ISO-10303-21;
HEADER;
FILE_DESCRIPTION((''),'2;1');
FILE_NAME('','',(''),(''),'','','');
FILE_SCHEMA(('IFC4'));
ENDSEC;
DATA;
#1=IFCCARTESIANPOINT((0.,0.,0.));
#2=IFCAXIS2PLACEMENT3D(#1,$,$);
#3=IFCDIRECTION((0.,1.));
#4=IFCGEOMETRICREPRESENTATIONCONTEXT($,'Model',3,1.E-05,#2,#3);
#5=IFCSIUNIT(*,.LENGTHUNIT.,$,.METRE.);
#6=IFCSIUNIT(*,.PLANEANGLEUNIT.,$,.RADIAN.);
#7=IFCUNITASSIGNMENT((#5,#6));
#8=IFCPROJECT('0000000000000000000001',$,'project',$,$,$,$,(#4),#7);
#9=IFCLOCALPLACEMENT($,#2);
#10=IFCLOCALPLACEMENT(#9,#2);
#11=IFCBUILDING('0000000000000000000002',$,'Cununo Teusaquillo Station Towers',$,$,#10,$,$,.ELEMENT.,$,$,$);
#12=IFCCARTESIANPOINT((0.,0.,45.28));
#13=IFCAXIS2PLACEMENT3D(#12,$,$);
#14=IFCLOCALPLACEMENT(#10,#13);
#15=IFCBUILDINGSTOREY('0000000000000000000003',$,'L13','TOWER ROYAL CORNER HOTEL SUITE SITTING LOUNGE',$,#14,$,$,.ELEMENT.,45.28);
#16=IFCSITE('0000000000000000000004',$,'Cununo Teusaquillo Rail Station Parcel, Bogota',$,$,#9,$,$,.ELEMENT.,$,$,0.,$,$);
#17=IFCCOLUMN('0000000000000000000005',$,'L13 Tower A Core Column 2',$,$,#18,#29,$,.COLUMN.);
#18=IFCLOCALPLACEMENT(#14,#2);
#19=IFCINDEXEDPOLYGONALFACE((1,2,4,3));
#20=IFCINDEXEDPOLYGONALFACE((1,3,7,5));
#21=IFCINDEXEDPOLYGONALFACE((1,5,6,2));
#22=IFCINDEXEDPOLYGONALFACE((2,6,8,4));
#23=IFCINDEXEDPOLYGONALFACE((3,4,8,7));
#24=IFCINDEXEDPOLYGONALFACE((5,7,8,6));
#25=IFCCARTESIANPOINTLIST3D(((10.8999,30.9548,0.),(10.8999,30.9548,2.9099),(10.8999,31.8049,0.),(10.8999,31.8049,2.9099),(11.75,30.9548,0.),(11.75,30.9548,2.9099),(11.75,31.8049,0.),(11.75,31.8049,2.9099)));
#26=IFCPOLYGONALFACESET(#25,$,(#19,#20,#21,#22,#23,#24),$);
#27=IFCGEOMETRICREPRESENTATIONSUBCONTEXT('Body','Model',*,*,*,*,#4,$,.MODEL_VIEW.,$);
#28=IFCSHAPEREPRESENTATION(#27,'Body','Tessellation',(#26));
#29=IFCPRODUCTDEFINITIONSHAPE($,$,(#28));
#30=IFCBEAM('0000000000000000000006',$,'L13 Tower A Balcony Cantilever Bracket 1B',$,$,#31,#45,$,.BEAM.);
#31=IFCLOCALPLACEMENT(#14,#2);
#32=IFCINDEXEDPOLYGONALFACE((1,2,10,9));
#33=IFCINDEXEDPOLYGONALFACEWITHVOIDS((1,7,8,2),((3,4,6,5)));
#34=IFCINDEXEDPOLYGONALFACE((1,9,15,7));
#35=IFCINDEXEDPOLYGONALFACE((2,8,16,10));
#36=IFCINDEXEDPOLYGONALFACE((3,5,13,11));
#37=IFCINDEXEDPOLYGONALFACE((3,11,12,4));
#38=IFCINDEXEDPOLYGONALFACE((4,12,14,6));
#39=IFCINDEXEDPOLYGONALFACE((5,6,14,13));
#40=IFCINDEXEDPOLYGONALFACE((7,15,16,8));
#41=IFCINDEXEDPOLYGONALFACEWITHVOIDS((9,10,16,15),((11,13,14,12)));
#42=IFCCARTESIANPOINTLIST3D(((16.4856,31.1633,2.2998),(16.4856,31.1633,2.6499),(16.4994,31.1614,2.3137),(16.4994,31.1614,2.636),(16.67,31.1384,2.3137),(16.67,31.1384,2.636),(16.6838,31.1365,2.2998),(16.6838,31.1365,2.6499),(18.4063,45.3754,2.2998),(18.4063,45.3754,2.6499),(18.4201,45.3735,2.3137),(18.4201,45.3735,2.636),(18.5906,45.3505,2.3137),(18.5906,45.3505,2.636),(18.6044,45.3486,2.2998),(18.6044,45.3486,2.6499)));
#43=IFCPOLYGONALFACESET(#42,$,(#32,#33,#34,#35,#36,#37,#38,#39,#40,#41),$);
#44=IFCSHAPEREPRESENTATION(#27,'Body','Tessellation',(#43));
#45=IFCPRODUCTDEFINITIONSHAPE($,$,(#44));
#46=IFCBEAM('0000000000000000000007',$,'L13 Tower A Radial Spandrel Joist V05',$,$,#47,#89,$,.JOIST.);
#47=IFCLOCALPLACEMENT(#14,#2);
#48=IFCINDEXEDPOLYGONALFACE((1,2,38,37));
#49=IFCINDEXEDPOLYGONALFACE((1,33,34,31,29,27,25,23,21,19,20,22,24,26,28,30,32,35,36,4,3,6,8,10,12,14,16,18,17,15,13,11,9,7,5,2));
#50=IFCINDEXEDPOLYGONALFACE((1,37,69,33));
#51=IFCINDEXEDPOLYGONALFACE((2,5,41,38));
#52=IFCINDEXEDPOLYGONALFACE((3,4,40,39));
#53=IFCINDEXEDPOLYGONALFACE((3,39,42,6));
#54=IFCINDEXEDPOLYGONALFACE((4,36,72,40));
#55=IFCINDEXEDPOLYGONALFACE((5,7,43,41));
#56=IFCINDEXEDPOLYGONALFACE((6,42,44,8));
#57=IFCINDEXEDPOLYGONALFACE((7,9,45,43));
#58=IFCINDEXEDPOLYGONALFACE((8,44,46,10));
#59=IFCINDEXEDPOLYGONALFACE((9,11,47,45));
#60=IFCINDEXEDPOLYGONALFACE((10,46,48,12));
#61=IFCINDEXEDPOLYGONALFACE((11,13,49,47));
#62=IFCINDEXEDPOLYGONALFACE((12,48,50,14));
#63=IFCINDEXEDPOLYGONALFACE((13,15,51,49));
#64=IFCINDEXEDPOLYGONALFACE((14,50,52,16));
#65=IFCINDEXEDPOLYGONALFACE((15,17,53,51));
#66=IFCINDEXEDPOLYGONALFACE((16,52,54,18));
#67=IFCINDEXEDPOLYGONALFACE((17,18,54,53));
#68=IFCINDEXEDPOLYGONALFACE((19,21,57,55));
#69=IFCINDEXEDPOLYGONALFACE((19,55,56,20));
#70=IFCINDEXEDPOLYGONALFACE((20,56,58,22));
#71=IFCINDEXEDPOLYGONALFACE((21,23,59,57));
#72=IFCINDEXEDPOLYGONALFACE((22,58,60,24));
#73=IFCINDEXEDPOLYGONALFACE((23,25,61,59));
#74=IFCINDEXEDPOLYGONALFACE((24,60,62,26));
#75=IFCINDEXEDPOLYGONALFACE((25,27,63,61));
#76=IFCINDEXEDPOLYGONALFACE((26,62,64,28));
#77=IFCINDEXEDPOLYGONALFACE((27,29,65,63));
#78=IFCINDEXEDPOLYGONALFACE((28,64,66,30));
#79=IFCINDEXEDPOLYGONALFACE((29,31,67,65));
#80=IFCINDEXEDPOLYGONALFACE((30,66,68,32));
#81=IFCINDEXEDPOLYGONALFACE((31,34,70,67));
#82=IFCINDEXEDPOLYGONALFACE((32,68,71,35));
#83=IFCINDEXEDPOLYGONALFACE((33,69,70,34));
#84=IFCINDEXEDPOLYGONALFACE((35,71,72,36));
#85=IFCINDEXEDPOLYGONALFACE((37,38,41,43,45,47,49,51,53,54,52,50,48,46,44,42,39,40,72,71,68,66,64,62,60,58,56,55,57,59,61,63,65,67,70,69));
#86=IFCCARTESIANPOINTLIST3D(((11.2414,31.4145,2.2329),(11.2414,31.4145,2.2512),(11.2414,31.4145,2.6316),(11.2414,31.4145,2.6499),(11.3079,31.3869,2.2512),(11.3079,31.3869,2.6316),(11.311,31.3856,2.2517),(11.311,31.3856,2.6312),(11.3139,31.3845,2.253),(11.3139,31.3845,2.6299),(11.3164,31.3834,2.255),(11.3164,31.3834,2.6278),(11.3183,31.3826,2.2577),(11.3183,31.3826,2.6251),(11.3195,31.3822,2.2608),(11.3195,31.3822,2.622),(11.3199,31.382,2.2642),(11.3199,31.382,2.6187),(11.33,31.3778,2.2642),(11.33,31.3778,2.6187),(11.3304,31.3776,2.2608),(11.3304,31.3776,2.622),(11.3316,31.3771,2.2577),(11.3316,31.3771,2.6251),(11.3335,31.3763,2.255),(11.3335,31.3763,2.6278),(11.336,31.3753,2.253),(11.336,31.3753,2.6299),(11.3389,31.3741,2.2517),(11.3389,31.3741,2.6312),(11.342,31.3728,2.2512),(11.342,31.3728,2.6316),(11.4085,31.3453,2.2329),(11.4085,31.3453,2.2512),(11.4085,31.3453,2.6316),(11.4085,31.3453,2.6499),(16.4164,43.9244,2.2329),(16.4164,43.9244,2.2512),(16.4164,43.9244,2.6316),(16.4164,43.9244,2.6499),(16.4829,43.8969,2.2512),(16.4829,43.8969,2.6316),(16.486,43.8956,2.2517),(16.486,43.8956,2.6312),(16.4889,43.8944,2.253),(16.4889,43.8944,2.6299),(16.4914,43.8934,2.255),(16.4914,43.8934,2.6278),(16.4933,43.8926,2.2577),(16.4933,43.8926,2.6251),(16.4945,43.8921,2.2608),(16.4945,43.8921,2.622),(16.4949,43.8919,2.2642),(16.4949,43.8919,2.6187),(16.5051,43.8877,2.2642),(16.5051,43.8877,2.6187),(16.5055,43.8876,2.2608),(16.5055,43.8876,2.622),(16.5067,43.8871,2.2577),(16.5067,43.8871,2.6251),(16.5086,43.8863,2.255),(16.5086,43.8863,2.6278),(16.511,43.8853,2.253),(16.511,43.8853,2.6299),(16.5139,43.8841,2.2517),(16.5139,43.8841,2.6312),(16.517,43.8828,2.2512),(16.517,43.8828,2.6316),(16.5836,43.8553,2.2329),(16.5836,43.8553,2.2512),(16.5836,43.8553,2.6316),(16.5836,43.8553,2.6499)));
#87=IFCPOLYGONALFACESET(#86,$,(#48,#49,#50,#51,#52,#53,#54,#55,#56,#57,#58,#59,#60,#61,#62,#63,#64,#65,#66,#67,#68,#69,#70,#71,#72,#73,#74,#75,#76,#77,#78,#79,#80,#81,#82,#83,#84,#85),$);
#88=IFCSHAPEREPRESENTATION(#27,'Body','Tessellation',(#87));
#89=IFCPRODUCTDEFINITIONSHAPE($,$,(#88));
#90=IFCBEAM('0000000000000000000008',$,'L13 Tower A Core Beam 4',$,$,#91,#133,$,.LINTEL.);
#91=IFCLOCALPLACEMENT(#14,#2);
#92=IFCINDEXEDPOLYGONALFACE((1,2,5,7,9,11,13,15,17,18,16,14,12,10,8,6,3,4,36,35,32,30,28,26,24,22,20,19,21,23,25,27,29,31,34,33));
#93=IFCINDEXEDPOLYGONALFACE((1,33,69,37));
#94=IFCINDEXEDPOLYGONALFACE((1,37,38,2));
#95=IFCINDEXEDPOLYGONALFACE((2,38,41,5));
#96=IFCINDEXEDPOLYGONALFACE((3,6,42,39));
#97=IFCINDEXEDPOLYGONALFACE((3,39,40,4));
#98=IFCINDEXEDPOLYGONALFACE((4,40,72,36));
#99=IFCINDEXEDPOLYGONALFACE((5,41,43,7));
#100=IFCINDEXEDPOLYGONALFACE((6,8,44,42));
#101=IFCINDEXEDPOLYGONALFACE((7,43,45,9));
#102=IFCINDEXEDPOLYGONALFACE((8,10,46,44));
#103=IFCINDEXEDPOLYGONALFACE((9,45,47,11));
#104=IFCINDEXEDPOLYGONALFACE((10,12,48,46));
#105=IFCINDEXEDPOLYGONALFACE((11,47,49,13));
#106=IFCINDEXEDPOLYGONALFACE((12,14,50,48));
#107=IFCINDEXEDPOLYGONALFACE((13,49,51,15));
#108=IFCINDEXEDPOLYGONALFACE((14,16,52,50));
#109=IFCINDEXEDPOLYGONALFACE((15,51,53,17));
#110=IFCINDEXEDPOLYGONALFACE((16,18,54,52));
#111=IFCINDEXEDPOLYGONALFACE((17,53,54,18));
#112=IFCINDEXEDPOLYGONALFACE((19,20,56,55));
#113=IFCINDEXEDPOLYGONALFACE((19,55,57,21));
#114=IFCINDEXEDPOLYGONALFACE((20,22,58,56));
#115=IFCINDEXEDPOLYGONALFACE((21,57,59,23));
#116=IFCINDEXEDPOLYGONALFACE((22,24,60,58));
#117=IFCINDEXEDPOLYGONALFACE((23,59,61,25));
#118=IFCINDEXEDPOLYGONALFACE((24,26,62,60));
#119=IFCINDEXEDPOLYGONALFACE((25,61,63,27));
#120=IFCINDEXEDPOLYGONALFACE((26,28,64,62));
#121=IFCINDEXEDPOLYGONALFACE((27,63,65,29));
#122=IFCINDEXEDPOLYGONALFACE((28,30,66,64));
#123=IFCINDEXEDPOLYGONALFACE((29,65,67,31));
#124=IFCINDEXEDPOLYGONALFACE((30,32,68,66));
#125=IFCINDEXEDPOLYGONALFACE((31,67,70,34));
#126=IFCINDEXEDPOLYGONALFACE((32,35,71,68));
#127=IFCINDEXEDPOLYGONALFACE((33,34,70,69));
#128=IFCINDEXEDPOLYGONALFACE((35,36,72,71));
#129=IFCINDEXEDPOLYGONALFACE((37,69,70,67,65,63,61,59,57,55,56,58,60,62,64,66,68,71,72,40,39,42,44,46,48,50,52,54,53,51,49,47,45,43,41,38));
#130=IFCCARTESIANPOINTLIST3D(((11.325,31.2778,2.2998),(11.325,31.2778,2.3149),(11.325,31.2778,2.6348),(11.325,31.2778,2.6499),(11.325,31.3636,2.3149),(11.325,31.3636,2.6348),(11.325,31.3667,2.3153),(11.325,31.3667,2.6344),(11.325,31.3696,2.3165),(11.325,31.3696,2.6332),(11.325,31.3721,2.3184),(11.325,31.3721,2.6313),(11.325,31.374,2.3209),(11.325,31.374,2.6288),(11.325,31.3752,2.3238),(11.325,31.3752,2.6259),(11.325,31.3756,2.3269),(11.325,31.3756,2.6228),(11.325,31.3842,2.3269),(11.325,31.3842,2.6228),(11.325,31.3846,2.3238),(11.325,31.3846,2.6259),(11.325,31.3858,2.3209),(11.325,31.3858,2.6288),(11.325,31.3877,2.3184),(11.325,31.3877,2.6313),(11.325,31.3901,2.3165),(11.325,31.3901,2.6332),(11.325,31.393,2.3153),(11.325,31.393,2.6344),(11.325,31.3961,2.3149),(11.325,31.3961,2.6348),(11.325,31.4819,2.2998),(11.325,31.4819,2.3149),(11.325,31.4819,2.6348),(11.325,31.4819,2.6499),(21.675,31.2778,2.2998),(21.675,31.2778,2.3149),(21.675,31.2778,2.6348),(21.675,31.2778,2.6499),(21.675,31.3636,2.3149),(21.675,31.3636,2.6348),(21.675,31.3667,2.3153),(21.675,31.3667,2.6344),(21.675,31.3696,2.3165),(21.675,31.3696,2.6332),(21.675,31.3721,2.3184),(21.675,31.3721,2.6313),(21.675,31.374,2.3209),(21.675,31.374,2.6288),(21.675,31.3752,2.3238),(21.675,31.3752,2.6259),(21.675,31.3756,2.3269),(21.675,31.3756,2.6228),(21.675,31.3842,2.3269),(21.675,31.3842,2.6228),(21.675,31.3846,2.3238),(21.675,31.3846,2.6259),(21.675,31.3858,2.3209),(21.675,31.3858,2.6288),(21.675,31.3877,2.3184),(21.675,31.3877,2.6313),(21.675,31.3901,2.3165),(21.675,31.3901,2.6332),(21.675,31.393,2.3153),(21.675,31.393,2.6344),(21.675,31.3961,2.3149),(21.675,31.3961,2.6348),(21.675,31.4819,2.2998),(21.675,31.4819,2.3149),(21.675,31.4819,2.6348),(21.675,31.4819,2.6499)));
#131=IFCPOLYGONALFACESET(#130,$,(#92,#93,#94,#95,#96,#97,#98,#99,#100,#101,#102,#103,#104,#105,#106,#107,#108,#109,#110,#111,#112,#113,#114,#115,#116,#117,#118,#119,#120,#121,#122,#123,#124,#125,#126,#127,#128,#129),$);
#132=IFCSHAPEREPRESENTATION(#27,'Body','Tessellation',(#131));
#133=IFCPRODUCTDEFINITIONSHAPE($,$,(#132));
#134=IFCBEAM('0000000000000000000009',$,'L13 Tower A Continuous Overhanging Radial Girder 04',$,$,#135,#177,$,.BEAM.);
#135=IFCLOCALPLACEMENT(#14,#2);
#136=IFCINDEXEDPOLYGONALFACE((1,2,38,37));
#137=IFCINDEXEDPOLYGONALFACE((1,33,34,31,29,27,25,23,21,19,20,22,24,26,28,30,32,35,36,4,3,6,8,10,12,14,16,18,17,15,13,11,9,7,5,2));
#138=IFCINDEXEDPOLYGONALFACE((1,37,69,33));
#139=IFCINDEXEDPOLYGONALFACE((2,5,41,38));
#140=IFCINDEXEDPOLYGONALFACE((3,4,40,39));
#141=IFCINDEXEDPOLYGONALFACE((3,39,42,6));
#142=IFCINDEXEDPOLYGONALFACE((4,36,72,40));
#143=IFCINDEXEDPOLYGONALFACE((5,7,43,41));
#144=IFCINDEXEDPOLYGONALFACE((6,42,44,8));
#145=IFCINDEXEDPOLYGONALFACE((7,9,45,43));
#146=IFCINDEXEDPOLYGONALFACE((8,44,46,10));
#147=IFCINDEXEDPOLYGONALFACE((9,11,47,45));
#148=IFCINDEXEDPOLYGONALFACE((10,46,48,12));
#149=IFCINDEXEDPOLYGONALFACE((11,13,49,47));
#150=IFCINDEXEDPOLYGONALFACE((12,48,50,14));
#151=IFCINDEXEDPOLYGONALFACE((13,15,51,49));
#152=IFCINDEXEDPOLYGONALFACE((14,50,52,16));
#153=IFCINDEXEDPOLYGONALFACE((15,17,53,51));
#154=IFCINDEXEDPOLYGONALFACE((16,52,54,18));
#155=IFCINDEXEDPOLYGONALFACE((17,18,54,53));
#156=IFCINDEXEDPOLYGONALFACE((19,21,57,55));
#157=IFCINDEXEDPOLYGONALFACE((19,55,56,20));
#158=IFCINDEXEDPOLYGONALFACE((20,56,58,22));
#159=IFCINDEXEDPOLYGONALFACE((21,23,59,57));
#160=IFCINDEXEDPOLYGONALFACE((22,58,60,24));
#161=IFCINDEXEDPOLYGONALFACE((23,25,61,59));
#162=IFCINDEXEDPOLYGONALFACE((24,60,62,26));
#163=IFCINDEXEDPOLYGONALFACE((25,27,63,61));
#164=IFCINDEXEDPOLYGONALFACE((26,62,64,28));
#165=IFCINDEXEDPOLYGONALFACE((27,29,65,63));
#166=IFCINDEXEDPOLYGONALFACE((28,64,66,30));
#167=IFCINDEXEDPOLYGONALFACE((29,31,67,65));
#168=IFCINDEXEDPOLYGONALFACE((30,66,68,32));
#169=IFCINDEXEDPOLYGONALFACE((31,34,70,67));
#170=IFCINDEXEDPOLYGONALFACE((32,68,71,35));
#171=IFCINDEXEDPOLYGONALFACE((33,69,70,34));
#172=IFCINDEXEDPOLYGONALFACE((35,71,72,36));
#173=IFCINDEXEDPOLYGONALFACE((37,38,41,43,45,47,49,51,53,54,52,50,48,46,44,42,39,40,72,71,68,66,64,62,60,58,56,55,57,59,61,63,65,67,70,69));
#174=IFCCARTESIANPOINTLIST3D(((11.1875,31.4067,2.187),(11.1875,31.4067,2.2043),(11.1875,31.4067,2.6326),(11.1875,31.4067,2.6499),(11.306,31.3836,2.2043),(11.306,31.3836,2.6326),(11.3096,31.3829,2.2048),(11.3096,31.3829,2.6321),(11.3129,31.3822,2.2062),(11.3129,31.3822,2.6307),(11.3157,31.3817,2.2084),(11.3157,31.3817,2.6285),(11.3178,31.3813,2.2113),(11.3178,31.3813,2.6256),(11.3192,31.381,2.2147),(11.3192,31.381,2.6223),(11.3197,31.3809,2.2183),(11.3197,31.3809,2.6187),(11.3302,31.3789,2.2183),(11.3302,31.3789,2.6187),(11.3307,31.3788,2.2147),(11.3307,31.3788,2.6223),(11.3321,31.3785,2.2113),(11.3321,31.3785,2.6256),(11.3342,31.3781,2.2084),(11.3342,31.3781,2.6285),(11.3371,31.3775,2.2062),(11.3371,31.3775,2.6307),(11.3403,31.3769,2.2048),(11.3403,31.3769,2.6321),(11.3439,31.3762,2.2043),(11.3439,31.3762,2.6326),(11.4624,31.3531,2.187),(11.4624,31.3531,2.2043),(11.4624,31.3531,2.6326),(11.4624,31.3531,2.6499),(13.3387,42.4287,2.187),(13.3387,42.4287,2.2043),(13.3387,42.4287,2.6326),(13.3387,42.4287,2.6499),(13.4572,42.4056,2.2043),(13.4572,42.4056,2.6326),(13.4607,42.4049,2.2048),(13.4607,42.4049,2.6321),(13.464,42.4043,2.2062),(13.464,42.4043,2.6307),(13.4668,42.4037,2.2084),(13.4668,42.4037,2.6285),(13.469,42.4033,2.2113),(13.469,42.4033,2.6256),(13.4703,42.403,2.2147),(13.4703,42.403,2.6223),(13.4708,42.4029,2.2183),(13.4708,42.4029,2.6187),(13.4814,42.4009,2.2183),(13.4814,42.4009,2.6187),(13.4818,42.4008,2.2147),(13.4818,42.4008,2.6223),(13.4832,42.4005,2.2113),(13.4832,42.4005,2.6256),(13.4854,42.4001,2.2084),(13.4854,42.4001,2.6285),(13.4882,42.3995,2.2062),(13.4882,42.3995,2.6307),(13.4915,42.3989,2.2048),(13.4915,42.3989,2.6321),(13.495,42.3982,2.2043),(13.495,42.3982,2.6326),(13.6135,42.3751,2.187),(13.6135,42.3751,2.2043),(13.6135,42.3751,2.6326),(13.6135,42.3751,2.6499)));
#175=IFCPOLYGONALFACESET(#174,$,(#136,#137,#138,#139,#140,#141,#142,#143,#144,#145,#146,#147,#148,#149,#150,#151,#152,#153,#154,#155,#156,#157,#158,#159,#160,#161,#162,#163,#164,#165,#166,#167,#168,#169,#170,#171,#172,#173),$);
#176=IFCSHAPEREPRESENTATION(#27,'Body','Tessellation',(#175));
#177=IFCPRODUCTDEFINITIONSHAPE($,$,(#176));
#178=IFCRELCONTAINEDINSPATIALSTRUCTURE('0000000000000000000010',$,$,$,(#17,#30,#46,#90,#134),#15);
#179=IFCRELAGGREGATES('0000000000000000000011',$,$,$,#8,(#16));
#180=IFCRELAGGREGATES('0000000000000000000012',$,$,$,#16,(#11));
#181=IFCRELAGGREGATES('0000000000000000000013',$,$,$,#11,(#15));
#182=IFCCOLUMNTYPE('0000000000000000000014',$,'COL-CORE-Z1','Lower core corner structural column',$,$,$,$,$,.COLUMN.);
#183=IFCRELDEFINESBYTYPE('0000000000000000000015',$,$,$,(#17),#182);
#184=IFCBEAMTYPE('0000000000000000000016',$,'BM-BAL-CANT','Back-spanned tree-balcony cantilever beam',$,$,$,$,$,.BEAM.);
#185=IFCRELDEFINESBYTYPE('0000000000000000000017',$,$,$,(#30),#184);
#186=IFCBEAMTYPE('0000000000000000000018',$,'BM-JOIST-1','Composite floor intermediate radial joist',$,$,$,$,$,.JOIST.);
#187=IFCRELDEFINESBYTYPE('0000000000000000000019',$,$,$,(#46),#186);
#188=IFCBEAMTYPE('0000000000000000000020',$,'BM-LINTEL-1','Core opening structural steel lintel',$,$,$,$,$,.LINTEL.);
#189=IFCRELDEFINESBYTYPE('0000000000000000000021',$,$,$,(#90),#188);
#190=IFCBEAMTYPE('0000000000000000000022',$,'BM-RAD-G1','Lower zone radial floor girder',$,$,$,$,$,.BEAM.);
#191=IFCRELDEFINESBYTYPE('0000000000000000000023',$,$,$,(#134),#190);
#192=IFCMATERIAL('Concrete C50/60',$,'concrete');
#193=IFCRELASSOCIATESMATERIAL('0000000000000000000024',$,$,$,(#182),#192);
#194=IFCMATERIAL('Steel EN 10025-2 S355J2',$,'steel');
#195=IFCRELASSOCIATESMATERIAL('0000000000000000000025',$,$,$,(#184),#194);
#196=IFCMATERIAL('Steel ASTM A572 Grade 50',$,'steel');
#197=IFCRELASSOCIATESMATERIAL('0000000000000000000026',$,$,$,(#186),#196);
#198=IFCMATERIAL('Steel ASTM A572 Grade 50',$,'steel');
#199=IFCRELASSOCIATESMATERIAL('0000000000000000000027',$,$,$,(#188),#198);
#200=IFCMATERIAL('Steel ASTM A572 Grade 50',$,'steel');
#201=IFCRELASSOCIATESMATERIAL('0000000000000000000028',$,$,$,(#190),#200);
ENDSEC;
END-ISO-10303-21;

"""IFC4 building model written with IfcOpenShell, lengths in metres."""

from ifc_helpers import new_model, si_unit, direction, frame, origin, origin_2d, place, context, subcontext, project, spatial, rectangle, hollow_rectangle, i_section, extrude, material, material_profile, profile_set, type_object, element, save


model = new_model("IFC4")

# Units and contexts
model_context = context("Model", 3, precision=1e-05, world=origin(), true_north=direction((0.0, 1.0)))
body_context = subcontext(model_context, "Body", "Model", "MODEL_VIEW")
ifc_project = project(units=[si_unit("LENGTHUNIT", "METRE"), si_unit("PLANEANGLEUNIT", "RADIAN")], contexts=[model_context])

# Site, building, storey
site_placement = place(None, origin())
site = spatial("IfcSite", under=ifc_project, at=site_placement, Name="Cununo Teusaquillo Rail Station Parcel, Bogota", CompositionType="ELEMENT", RefElevation=0.0)
building_placement = place(site_placement, origin())
building = spatial("IfcBuilding", under=site, at=building_placement, Name="Cununo Teusaquillo Station Towers", CompositionType="ELEMENT")
storey_placement = place(building_placement, frame((0.0, 0.0, 45.28)))
storey = spatial("IfcBuildingStorey", under=building, at=storey_placement, Name="L13", Description="TOWER ROYAL CORNER HOTEL SUITE SITTING LOUNGE", CompositionType="ELEMENT", Elevation=45.28)

# Column
ifc_material_1 = material(Name="Concrete C50/60", Category="concrete")
ifc_material_profile_1 = material_profile(ifc_material_1, rectangle(XDim=0.8501, YDim=0.8501, at=origin_2d()), Name="RC-RECT-850x850")
ifc_profile_set_1 = profile_set([ifc_material_profile_1], Name="Concrete C50/60")
column_type = type_object("IfcColumnType", Name="COL-CORE-Z1", Description="Lower core corner structural column", PredefinedType="COLUMN", material=ifc_profile_set_1)
column_placement = place(storey_placement, frame((11.325, 31.3799, 0.0), z_axis=(0.0, 0.0, 1.0), x_axis=(1.0, 0.0, 0.0)))
element("IfcColumn", 1, at=column_placement, inside=storey, type_object=column_type, Name="L13 Tower A Core Column 2", PredefinedType="COLUMN", context=body_context, shape_type="SweptSolid", body=[
    extrude(rectangle(XDim=0.8501, YDim=0.8501, at=origin_2d()), origin(), (0.0, 0.0, 1.0), 2.9099),
])

# Beams
ifc_material_2 = material(Name="Steel EN 10025-2 S355J2", Category="steel")
ifc_material_profile_2 = material_profile(ifc_material_2, hollow_rectangle(XDim=0.2, YDim=0.3501, WallThickness=0.0139, at=origin_2d()), Name="RHS 350x200x14")
ifc_profile_set_2 = profile_set([ifc_material_profile_2], Name="Steel EN 10025-2 S355J2")
beam_type_1 = type_object("IfcBeamType", Name="BM-BAL-CANT", Description="Back-spanned tree-balcony cantilever beam", PredefinedType="BEAM", material=ifc_profile_set_2)
beam_1_placement = place(storey_placement, frame((16.5847, 31.1499, 2.4749), z_axis=(0.133924, 0.990992, 0.0), x_axis=(-0.990992, 0.133924, 0.0)))
element("IfcBeam", 2, at=beam_1_placement, inside=storey, type_object=beam_type_1, Name="L13 Tower A Balcony Cantilever Bracket 1B", PredefinedType="BEAM", context=body_context, shape_type="SweptSolid", body=[
    extrude(hollow_rectangle(XDim=0.2, YDim=0.3501, WallThickness=0.0139, at=origin_2d()), origin(), (0.0, 0.0, 1.0), 14.3413),
])
ifc_material_3 = material(Name="Steel ASTM A572 Grade 50", Category="steel")
ifc_material_profile_3 = material_profile(ifc_material_3, i_section(OverallWidth=0.1809, OverallDepth=0.417, WebThickness=0.011, FlangeThickness=0.0183, FilletRadius=0.0129, at=origin_2d()), Name="W16X57")
ifc_profile_set_3 = profile_set([ifc_material_profile_3], Name="Steel ASTM A572 Grade 50")
beam_type_2 = type_object("IfcBeamType", Name="BM-JOIST-1", Description="Composite floor intermediate radial joist", PredefinedType="JOIST", material=ifc_profile_set_3)
beam_2_placement = place(storey_placement, frame((11.325, 31.3799, 2.4414), z_axis=(0.382257, 0.924056, 0.0), x_axis=(-0.924056, 0.382257, 0.0)))
element("IfcBeam", 3, at=beam_2_placement, inside=storey, type_object=beam_type_2, Name="L13 Tower A Radial Spandrel Joist V05", PredefinedType="JOIST", context=body_context, shape_type="SweptSolid", body=[
    extrude(i_section(OverallWidth=0.1809, OverallDepth=0.417, WebThickness=0.011, FlangeThickness=0.0183, FilletRadius=0.0129, at=origin_2d()), origin(), (0.0, 0.0, 1.0), 13.5381),
])
ifc_material_4 = material(Name="Steel ASTM A572 Grade 50", Category="steel")
ifc_material_profile_4 = material_profile(ifc_material_4, i_section(OverallWidth=0.2041, OverallDepth=0.3501, WebThickness=0.0085, FlangeThickness=0.0151, FilletRadius=0.012, at=origin_2d()), Name="W14X48")
ifc_profile_set_4 = profile_set([ifc_material_profile_4], Name="Steel ASTM A572 Grade 50")
beam_type_3 = type_object("IfcBeamType", Name="BM-LINTEL-1", Description="Core opening structural steel lintel", PredefinedType="LINTEL", material=ifc_profile_set_4)
beam_3_placement = place(storey_placement, frame((11.325, 31.3799, 2.4749), z_axis=(1.0, 0.0, 0.0), x_axis=(0.0, 1.0, 0.0)))
element("IfcBeam", 4, at=beam_3_placement, inside=storey, type_object=beam_type_3, Name="L13 Tower A Core Beam 4", PredefinedType="LINTEL", context=body_context, shape_type="SweptSolid", body=[
    extrude(i_section(OverallWidth=0.2041, OverallDepth=0.3501, WebThickness=0.0085, FlangeThickness=0.0151, FilletRadius=0.012, at=origin_2d()), origin(), (0.0, 0.0, 1.0), 10.3501),
])
ifc_material_5 = material(Name="Steel ASTM A572 Grade 50", Category="steel")
ifc_material_profile_5 = material_profile(ifc_material_5, i_section(OverallWidth=0.28, OverallDepth=0.4629, WebThickness=0.0107, FlangeThickness=0.0173, FilletRadius=0.0139, at=origin_2d()), Name="W18X76")
ifc_profile_set_5 = profile_set([ifc_material_profile_5], Name="Steel ASTM A572 Grade 50")
beam_type_4 = type_object("IfcBeamType", Name="BM-RAD-G1", Description="Lower zone radial floor girder", PredefinedType="BEAM", material=ifc_profile_set_5)
beam_4_placement = place(storey_placement, frame((11.325, 31.3799, 2.4185), z_axis=(0.191553, 0.981482, 0.0), x_axis=(-0.981482, 0.191553, 0.0)))
element("IfcBeam", 5, at=beam_4_placement, inside=storey, type_object=beam_type_4, Name="L13 Tower A Continuous Overhanging Radial Girder 04", PredefinedType="BEAM", context=body_context, shape_type="SweptSolid", body=[
    extrude(i_section(OverallWidth=0.28, OverallDepth=0.4629, WebThickness=0.0107, FlangeThickness=0.0173, FilletRadius=0.0139, at=origin_2d()), origin(), (0.0, 0.0, 1.0), 11.23),
])

save(model, "model.ifc")
